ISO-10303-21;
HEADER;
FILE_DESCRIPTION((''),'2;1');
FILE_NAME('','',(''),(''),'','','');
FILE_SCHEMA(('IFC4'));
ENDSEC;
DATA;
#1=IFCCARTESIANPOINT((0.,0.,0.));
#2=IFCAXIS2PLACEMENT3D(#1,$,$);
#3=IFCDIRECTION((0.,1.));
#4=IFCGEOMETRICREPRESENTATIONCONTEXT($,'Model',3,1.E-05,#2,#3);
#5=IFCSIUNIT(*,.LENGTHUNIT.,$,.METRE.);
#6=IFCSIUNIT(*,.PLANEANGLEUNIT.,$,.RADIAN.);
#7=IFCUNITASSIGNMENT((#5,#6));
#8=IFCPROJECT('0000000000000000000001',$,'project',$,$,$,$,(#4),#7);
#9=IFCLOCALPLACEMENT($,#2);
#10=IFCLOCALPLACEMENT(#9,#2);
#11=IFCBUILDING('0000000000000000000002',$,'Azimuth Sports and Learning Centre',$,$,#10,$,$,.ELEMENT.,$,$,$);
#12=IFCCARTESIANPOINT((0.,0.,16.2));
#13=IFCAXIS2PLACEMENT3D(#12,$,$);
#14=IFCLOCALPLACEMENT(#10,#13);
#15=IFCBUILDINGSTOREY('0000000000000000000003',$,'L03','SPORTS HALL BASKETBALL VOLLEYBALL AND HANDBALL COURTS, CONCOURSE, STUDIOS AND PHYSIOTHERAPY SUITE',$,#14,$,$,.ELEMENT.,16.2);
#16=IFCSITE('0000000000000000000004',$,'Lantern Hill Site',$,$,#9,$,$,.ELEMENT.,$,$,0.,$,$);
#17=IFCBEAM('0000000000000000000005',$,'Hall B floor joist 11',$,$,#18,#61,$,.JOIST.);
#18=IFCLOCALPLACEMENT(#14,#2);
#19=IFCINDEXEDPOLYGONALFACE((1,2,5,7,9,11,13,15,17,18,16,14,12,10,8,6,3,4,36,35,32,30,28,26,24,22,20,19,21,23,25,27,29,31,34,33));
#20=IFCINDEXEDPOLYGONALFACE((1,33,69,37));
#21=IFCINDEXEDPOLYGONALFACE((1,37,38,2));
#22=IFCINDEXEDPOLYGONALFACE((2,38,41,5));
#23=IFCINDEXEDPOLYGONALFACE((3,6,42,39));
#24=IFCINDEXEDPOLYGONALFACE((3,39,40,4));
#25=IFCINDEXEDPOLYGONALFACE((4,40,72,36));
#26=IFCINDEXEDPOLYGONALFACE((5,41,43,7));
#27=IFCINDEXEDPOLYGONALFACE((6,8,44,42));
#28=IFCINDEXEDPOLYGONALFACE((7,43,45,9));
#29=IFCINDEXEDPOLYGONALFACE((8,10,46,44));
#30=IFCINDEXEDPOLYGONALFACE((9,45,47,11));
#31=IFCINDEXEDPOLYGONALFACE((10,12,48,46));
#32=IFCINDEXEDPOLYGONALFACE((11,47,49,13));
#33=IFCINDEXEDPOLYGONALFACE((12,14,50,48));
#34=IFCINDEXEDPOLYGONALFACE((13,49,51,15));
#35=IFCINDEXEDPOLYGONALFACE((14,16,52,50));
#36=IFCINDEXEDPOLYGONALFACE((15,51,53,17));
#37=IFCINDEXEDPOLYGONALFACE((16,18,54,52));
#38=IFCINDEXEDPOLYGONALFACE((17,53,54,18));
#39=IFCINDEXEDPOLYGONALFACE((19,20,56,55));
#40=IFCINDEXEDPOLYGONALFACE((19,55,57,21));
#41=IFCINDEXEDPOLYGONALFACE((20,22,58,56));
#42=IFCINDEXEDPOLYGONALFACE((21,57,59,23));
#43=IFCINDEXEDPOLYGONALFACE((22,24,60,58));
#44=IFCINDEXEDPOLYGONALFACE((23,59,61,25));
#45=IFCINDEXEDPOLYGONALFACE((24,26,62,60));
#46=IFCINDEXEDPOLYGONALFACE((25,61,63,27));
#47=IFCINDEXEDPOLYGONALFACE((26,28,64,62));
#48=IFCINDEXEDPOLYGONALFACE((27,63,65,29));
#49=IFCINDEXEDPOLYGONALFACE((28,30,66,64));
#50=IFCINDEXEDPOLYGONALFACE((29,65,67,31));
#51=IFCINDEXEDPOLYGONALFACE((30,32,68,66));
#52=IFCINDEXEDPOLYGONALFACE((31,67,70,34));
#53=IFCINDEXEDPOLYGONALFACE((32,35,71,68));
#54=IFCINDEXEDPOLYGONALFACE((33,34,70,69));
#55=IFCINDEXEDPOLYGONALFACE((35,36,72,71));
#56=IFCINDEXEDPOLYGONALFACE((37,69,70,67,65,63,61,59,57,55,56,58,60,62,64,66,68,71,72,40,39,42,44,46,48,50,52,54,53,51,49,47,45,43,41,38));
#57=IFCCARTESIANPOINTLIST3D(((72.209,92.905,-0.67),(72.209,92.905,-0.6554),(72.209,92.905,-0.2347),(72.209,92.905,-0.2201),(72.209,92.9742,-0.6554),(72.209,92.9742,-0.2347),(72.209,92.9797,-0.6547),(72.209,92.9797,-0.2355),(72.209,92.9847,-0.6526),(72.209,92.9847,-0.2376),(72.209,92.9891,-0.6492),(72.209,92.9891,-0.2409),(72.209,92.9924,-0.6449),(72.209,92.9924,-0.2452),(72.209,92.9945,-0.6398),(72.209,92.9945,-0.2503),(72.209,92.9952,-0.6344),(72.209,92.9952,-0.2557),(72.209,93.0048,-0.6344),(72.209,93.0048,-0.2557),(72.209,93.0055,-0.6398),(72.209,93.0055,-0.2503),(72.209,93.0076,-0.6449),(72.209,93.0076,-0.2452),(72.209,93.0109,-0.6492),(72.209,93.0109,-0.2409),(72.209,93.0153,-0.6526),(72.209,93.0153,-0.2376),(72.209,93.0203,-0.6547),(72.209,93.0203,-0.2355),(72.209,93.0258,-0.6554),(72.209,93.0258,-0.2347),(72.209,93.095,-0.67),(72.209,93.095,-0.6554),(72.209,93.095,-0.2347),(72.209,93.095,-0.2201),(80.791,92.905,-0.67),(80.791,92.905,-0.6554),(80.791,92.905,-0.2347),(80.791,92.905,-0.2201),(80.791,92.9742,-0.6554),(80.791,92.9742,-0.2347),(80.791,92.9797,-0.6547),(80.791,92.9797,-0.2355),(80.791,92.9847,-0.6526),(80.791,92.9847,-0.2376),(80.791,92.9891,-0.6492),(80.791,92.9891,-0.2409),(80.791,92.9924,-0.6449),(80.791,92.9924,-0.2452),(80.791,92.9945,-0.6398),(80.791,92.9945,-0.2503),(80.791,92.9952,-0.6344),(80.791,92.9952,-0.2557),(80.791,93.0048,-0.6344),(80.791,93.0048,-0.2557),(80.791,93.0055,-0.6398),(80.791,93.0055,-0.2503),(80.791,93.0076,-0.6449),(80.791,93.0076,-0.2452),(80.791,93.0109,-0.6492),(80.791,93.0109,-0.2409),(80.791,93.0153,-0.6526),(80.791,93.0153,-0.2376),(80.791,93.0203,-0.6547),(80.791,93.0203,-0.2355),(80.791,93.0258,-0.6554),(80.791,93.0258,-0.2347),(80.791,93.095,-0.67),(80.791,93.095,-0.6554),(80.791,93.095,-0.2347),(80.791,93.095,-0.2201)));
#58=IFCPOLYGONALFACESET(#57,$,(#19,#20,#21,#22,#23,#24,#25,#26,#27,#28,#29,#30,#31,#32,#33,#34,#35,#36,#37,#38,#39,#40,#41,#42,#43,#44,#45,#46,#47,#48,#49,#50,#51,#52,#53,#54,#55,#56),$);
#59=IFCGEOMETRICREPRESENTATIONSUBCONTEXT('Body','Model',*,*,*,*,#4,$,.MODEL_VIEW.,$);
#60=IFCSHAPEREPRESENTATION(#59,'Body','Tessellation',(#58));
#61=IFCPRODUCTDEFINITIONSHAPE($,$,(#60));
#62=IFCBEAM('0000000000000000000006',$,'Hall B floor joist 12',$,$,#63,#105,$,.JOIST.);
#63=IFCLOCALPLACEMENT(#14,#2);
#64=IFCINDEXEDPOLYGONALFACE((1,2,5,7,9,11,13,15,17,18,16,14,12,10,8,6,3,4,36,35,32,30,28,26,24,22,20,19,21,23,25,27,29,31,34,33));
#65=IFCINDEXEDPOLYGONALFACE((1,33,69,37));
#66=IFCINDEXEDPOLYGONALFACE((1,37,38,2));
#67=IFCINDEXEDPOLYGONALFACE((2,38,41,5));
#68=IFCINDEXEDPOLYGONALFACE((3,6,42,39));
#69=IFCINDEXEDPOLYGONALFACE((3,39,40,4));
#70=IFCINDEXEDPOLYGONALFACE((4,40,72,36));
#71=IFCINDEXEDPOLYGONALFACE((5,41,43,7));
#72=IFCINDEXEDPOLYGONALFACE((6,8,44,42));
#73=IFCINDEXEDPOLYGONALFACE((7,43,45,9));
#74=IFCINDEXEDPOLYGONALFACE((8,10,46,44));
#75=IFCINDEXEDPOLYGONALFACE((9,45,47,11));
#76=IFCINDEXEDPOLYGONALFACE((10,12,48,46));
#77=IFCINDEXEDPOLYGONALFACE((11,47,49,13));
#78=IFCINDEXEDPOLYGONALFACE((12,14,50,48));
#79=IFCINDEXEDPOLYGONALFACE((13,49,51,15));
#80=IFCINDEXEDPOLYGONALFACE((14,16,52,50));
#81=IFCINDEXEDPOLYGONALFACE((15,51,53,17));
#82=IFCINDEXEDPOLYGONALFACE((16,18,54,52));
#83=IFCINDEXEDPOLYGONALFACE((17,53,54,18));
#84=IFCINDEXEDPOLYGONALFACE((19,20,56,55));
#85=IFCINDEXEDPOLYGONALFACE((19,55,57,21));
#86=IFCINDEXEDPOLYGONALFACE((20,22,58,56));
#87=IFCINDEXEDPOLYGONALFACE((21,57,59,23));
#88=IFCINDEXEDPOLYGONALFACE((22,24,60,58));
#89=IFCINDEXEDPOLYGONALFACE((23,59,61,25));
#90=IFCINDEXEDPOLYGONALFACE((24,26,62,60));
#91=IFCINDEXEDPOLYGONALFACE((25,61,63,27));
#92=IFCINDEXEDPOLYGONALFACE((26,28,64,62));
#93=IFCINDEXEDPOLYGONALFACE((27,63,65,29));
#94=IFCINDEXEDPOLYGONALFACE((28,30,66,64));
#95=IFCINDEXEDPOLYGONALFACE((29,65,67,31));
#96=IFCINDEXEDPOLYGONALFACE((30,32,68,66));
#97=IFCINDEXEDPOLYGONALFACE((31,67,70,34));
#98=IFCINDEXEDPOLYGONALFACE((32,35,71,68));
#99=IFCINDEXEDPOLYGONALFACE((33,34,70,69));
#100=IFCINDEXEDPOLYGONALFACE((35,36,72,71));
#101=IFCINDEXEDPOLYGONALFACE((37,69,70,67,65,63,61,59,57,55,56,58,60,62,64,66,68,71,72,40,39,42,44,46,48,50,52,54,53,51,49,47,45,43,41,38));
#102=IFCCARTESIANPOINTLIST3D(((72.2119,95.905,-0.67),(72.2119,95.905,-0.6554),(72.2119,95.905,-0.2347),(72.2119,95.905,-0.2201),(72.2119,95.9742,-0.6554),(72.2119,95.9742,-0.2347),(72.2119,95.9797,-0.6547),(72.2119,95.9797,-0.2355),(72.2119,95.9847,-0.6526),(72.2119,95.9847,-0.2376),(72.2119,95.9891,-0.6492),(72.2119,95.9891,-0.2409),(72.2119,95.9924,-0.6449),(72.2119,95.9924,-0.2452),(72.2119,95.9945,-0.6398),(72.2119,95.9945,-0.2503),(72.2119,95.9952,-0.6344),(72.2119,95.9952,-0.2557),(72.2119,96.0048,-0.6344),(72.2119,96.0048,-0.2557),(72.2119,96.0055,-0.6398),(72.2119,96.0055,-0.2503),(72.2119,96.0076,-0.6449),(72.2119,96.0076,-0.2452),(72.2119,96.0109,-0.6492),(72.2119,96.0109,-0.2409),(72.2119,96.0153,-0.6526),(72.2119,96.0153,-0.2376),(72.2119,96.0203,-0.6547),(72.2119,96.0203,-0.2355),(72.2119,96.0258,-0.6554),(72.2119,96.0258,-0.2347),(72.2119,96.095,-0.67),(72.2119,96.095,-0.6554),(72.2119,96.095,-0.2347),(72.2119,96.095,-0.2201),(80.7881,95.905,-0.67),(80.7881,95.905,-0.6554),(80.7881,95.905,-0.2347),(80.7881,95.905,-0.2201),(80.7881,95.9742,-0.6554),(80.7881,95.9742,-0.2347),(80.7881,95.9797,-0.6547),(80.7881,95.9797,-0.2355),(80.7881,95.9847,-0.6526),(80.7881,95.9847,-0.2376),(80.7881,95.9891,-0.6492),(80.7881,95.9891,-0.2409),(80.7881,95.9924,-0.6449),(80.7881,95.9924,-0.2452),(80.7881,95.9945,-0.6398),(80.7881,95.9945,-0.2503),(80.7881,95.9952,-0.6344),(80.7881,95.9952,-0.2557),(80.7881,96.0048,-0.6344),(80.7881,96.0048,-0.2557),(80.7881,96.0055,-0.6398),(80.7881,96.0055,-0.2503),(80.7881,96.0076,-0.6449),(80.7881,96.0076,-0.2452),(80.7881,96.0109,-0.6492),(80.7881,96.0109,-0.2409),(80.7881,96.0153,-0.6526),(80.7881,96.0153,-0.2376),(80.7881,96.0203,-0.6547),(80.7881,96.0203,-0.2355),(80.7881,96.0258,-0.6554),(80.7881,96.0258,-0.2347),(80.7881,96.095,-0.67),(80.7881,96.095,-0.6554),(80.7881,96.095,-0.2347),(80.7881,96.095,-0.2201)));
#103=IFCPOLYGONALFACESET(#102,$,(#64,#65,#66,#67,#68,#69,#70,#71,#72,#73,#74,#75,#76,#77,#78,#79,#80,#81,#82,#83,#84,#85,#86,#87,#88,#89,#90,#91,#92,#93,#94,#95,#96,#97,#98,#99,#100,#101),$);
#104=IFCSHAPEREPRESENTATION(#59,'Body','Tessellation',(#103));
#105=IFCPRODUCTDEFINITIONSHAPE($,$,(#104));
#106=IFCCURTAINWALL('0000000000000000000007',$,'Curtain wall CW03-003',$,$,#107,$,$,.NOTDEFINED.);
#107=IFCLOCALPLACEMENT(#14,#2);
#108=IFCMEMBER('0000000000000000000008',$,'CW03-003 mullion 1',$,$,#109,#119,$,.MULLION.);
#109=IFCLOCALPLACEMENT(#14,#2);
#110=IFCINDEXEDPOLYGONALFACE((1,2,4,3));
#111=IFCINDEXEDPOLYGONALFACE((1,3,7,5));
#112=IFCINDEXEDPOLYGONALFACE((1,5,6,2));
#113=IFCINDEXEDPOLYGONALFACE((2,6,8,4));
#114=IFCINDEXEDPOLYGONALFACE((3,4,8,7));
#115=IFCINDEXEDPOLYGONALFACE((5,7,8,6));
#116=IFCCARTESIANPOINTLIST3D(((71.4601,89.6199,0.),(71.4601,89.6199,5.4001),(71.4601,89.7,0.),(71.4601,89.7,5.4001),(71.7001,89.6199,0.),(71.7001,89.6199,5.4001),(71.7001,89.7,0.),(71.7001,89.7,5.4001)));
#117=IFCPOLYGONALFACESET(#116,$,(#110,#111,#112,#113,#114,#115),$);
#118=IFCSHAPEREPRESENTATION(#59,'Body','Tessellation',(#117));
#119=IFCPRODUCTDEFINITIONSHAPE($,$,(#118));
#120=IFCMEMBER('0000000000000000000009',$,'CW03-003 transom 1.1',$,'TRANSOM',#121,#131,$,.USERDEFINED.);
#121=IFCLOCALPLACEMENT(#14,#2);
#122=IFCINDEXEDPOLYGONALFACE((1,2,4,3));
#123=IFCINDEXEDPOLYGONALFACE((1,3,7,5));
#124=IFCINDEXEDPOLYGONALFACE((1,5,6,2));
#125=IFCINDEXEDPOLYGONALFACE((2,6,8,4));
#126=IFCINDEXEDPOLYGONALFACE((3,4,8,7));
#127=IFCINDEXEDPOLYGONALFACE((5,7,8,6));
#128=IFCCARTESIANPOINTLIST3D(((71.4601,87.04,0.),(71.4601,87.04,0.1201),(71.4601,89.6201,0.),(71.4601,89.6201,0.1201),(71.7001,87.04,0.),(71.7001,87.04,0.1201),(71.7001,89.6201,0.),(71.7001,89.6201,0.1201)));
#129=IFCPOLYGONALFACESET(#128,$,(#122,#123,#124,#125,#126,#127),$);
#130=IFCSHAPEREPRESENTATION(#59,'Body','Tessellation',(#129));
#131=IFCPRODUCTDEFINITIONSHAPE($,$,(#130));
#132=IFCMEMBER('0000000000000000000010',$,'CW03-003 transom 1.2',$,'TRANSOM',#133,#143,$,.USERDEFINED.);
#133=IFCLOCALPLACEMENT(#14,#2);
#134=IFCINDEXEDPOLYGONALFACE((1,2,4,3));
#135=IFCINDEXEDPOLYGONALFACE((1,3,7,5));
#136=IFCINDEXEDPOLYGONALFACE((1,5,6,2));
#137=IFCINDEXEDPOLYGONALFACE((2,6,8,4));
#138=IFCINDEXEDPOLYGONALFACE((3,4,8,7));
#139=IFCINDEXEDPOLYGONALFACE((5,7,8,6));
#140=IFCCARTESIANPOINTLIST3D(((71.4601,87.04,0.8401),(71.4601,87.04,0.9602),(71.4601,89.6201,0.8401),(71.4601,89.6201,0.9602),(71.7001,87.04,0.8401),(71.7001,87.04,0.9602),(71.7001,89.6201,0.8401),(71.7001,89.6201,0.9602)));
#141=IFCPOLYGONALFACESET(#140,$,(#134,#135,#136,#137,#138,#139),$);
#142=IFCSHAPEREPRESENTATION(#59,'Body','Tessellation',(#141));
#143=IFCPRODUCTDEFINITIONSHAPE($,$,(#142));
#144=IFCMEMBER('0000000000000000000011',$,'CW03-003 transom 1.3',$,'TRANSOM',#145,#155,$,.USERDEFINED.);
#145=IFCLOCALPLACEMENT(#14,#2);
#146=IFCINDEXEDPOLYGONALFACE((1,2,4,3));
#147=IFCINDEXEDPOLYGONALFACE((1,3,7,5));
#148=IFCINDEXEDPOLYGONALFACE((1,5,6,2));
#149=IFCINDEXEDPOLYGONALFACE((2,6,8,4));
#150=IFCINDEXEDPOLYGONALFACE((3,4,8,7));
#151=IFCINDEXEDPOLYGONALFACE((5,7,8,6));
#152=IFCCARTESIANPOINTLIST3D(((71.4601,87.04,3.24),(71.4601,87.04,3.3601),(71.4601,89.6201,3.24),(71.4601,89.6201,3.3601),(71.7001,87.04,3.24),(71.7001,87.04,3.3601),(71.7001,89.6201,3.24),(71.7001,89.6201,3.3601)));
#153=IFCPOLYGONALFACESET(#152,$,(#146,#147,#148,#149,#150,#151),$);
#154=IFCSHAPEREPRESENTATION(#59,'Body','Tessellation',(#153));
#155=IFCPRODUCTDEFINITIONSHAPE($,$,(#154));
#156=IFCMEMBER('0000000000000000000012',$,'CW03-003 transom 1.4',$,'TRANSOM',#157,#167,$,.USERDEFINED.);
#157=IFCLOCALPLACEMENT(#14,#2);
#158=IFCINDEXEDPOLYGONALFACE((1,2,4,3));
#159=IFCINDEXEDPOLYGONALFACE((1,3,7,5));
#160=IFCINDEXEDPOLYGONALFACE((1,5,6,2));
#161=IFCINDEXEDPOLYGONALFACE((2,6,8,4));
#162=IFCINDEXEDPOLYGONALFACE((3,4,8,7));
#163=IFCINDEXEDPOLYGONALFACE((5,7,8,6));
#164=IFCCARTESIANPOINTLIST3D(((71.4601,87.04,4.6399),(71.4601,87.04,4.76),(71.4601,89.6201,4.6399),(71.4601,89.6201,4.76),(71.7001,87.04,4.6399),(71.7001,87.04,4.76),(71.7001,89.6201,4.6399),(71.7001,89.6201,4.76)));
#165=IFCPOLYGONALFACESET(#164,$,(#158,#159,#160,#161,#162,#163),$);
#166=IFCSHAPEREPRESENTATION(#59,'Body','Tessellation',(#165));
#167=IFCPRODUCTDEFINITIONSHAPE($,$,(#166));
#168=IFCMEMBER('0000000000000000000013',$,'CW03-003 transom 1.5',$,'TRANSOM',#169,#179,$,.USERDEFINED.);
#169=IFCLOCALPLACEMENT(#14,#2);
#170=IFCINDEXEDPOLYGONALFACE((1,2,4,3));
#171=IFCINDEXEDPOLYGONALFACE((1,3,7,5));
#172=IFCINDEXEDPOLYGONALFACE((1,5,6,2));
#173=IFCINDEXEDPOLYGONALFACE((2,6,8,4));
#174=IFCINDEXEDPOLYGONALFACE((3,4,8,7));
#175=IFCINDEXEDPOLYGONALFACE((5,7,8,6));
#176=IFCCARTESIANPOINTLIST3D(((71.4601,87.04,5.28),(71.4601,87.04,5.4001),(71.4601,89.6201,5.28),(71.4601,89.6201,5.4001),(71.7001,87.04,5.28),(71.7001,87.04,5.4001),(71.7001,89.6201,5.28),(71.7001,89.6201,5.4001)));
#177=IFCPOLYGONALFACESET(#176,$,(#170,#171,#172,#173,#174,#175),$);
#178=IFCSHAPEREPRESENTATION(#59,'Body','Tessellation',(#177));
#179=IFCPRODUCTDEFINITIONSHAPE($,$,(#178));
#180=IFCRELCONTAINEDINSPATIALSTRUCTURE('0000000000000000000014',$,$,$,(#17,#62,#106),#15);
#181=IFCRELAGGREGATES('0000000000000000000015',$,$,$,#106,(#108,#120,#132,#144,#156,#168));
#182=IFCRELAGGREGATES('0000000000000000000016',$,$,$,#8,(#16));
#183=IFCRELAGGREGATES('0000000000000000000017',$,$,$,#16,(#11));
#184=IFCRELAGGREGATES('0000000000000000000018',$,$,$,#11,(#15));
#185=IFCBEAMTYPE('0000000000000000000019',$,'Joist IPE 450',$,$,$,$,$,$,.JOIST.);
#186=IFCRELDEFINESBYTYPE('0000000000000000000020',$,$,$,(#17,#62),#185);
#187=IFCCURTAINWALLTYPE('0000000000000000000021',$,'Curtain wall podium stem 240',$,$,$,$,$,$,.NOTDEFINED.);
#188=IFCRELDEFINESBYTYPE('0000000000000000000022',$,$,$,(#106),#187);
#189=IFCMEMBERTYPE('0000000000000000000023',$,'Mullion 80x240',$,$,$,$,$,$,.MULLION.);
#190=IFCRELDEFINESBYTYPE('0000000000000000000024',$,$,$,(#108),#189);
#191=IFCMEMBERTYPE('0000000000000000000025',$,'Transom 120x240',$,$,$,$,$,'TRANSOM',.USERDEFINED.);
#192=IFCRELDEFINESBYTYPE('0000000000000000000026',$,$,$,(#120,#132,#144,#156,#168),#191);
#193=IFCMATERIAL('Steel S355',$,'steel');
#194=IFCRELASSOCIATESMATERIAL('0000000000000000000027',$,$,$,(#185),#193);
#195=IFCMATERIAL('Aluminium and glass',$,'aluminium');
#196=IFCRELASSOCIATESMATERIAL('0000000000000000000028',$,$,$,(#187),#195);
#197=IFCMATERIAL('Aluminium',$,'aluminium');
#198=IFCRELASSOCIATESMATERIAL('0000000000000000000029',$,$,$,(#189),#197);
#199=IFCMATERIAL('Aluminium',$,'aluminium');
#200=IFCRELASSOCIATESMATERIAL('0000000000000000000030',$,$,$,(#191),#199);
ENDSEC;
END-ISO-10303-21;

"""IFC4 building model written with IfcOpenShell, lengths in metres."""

from ifc_helpers import new_model, si_unit, direction, frame, origin, origin_2d, place, context, subcontext, project, spatial, rectangle, i_section, extrude, material, material_profile, profile_set, type_object, element, aggregate, save


model = new_model("IFC4")

# Units and contexts
model_context = context("Model", 3, precision=1e-05, world=origin(), true_north=direction((0.0, 1.0)))
body_context = subcontext(model_context, "Body", "Model", "MODEL_VIEW")
ifc_project = project(units=[si_unit("LENGTHUNIT", "METRE"), si_unit("PLANEANGLEUNIT", "RADIAN")], contexts=[model_context])

# Site, building, storey
site_placement = place(None, origin())
site = spatial("IfcSite", under=ifc_project, at=site_placement, Name="Lantern Hill Site", CompositionType="ELEMENT", RefElevation=0.0)
building_placement = place(site_placement, origin())
building = spatial("IfcBuilding", under=site, at=building_placement, Name="Azimuth Sports and Learning Centre", CompositionType="ELEMENT")
storey_placement = place(building_placement, frame((0.0, 0.0, 16.2)))
storey = spatial("IfcBuildingStorey", under=building, at=storey_placement, Name="L03", Description="SPORTS HALL BASKETBALL VOLLEYBALL AND HANDBALL COURTS, CONCOURSE, STUDIOS AND PHYSIOTHERAPY SUITE", CompositionType="ELEMENT", Elevation=16.2)

# Beams
ifc_material_1 = material(Name="Steel S355", Category="steel")
ifc_material_profile_1 = material_profile(ifc_material_1, i_section(OverallWidth=0.1899, OverallDepth=0.45, WebThickness=0.0095, FlangeThickness=0.0146, FilletRadius=0.021, at=origin_2d()), Name="IPE 450")
ifc_profile_set_1 = profile_set([ifc_material_profile_1], Name="Steel S355")
beam_type_1 = type_object("IfcBeamType", Name="Joist IPE 450", PredefinedType="JOIST", material=ifc_profile_set_1)
beam_1_placement = place(storey_placement, frame((72.209, 93.0, -0.4451), z_axis=(1.0, 0.0, 0.0), x_axis=(0.0, 1.0, 0.0)))
element("IfcBeam", 1, at=beam_1_placement, inside=storey, type_object=beam_type_1, Name="Hall B floor joist 11", PredefinedType="JOIST", context=body_context, shape_type="SweptSolid", body=[
    extrude(i_section(OverallWidth=0.1899, OverallDepth=0.45, WebThickness=0.0095, FlangeThickness=0.0146, FilletRadius=0.021, at=origin_2d()), origin(), (0.0, 0.0, 1.0), 8.582),
])
beam_2_placement = place(storey_placement, frame((72.2119, 96.0, -0.4451), z_axis=(1.0, 0.0, 0.0), x_axis=(0.0, 1.0, 0.0)))
element("IfcBeam", 2, at=beam_2_placement, inside=storey, type_object=beam_type_1, Name="Hall B floor joist 12", PredefinedType="JOIST", context=body_context, shape_type="SweptSolid", body=[
    extrude(i_section(OverallWidth=0.1899, OverallDepth=0.45, WebThickness=0.0095, FlangeThickness=0.0146, FilletRadius=0.021, at=origin_2d()), origin(), (0.0, 0.0, 1.0), 8.5762),
])

# Curtain wall, members
ifc_material_2 = material(Name="Aluminium and glass", Category="aluminium")
curtain_wall_type = type_object("IfcCurtainWallType", Name="Curtain wall podium stem 240", PredefinedType="NOTDEFINED", material=ifc_material_2)
curtain_wall_placement = place(storey_placement, origin())
curtain_wall = element("IfcCurtainWall", 3, at=curtain_wall_placement, inside=storey, type_object=curtain_wall_type, Name="Curtain wall CW03-003", PredefinedType="NOTDEFINED")
ifc_material_3 = material(Name="Aluminium", Category="aluminium")
ifc_material_profile_2 = material_profile(ifc_material_3, rectangle(XDim=0.24, YDim=0.0801, at=origin_2d()), Name="Mullion 80x240")
ifc_profile_set_2 = profile_set([ifc_material_profile_2], Name="Aluminium")
member_type_1 = type_object("IfcMemberType", Name="Mullion 80x240", PredefinedType="MULLION", material=ifc_profile_set_2)
member_1_placement = place(storey_placement, frame((71.5801, 89.6599, 0.0), z_axis=(0.0, 0.0, 1.0), x_axis=(1.0, 0.0, 0.0)))
member_1 = element("IfcMember", 4, at=member_1_placement, type_object=member_type_1, Name="CW03-003 mullion 1", PredefinedType="MULLION", context=body_context, shape_type="SweptSolid", body=[
    extrude(rectangle(XDim=0.24, YDim=0.0801, at=origin_2d()), origin(), (0.0, 0.0, 1.0), 5.4001),
])
ifc_material_4 = material(Name="Aluminium", Category="aluminium")
ifc_material_profile_3 = material_profile(ifc_material_4, rectangle(XDim=0.24, YDim=0.1201, at=origin_2d()), Name="Transom 120x240")
ifc_profile_set_3 = profile_set([ifc_material_profile_3], Name="Aluminium")
member_type_2 = type_object("IfcMemberType", Name="Transom 120x240", ElementType="TRANSOM", PredefinedType="USERDEFINED", material=ifc_profile_set_3)
member_2_placement = place(storey_placement, frame((71.5801, 89.6201, 0.0601), z_axis=(0.0, -1.0, 0.0), x_axis=(1.0, 0.0, 0.0)))
member_2 = element("IfcMember", 5, at=member_2_placement, type_object=member_type_2, Name="CW03-003 transom 1.1", ObjectType="TRANSOM", PredefinedType="USERDEFINED", context=body_context, shape_type="SweptSolid", body=[
    extrude(rectangle(XDim=0.24, YDim=0.1201, at=origin_2d()), origin(), (0.0, 0.0, 1.0), 2.5801),
])
member_3_placement = place(storey_placement, frame((71.5801, 89.6201, 0.9001), z_axis=(0.0, -1.0, 0.0), x_axis=(1.0, 0.0, 0.0)))
member_3 = element("IfcMember", 6, at=member_3_placement, type_object=member_type_2, Name="CW03-003 transom 1.2", ObjectType="TRANSOM", PredefinedType="USERDEFINED", context=body_context, shape_type="SweptSolid", body=[
    extrude(rectangle(XDim=0.24, YDim=0.1201, at=origin_2d()), origin(), (0.0, 0.0, 1.0), 2.5801),
])
member_4_placement = place(storey_placement, frame((71.5801, 89.6201, 3.3), z_axis=(0.0, -1.0, 0.0), x_axis=(1.0, 0.0, 0.0)))
member_4 = element("IfcMember", 7, at=member_4_placement, type_object=member_type_2, Name="CW03-003 transom 1.3", ObjectType="TRANSOM", PredefinedType="USERDEFINED", context=body_context, shape_type="SweptSolid", body=[
    extrude(rectangle(XDim=0.24, YDim=0.1201, at=origin_2d()), origin(), (0.0, 0.0, 1.0), 2.5801),
])
member_5_placement = place(storey_placement, frame((71.5801, 89.6201, 4.7), z_axis=(0.0, -1.0, 0.0), x_axis=(1.0, 0.0, 0.0)))
member_5 = element("IfcMember", 8, at=member_5_placement, type_object=member_type_2, Name="CW03-003 transom 1.4", ObjectType="TRANSOM", PredefinedType="USERDEFINED", context=body_context, shape_type="SweptSolid", body=[
    extrude(rectangle(XDim=0.24, YDim=0.1201, at=origin_2d()), origin(), (0.0, 0.0, 1.0), 2.5801),
])
member_6_placement = place(storey_placement, frame((71.5801, 89.6201, 5.3401), z_axis=(0.0, -1.0, 0.0), x_axis=(1.0, 0.0, 0.0)))
member_6 = element("IfcMember", 9, at=member_6_placement, type_object=member_type_2, Name="CW03-003 transom 1.5", ObjectType="TRANSOM", PredefinedType="USERDEFINED", context=body_context, shape_type="SweptSolid", body=[
    extrude(rectangle(XDim=0.24, YDim=0.1201, at=origin_2d()), origin(), (0.0, 0.0, 1.0), 2.5801),
])
aggregate(curtain_wall, [member_1, member_2, member_3, member_4, member_5, member_6])

save(model, "model.ifc")
